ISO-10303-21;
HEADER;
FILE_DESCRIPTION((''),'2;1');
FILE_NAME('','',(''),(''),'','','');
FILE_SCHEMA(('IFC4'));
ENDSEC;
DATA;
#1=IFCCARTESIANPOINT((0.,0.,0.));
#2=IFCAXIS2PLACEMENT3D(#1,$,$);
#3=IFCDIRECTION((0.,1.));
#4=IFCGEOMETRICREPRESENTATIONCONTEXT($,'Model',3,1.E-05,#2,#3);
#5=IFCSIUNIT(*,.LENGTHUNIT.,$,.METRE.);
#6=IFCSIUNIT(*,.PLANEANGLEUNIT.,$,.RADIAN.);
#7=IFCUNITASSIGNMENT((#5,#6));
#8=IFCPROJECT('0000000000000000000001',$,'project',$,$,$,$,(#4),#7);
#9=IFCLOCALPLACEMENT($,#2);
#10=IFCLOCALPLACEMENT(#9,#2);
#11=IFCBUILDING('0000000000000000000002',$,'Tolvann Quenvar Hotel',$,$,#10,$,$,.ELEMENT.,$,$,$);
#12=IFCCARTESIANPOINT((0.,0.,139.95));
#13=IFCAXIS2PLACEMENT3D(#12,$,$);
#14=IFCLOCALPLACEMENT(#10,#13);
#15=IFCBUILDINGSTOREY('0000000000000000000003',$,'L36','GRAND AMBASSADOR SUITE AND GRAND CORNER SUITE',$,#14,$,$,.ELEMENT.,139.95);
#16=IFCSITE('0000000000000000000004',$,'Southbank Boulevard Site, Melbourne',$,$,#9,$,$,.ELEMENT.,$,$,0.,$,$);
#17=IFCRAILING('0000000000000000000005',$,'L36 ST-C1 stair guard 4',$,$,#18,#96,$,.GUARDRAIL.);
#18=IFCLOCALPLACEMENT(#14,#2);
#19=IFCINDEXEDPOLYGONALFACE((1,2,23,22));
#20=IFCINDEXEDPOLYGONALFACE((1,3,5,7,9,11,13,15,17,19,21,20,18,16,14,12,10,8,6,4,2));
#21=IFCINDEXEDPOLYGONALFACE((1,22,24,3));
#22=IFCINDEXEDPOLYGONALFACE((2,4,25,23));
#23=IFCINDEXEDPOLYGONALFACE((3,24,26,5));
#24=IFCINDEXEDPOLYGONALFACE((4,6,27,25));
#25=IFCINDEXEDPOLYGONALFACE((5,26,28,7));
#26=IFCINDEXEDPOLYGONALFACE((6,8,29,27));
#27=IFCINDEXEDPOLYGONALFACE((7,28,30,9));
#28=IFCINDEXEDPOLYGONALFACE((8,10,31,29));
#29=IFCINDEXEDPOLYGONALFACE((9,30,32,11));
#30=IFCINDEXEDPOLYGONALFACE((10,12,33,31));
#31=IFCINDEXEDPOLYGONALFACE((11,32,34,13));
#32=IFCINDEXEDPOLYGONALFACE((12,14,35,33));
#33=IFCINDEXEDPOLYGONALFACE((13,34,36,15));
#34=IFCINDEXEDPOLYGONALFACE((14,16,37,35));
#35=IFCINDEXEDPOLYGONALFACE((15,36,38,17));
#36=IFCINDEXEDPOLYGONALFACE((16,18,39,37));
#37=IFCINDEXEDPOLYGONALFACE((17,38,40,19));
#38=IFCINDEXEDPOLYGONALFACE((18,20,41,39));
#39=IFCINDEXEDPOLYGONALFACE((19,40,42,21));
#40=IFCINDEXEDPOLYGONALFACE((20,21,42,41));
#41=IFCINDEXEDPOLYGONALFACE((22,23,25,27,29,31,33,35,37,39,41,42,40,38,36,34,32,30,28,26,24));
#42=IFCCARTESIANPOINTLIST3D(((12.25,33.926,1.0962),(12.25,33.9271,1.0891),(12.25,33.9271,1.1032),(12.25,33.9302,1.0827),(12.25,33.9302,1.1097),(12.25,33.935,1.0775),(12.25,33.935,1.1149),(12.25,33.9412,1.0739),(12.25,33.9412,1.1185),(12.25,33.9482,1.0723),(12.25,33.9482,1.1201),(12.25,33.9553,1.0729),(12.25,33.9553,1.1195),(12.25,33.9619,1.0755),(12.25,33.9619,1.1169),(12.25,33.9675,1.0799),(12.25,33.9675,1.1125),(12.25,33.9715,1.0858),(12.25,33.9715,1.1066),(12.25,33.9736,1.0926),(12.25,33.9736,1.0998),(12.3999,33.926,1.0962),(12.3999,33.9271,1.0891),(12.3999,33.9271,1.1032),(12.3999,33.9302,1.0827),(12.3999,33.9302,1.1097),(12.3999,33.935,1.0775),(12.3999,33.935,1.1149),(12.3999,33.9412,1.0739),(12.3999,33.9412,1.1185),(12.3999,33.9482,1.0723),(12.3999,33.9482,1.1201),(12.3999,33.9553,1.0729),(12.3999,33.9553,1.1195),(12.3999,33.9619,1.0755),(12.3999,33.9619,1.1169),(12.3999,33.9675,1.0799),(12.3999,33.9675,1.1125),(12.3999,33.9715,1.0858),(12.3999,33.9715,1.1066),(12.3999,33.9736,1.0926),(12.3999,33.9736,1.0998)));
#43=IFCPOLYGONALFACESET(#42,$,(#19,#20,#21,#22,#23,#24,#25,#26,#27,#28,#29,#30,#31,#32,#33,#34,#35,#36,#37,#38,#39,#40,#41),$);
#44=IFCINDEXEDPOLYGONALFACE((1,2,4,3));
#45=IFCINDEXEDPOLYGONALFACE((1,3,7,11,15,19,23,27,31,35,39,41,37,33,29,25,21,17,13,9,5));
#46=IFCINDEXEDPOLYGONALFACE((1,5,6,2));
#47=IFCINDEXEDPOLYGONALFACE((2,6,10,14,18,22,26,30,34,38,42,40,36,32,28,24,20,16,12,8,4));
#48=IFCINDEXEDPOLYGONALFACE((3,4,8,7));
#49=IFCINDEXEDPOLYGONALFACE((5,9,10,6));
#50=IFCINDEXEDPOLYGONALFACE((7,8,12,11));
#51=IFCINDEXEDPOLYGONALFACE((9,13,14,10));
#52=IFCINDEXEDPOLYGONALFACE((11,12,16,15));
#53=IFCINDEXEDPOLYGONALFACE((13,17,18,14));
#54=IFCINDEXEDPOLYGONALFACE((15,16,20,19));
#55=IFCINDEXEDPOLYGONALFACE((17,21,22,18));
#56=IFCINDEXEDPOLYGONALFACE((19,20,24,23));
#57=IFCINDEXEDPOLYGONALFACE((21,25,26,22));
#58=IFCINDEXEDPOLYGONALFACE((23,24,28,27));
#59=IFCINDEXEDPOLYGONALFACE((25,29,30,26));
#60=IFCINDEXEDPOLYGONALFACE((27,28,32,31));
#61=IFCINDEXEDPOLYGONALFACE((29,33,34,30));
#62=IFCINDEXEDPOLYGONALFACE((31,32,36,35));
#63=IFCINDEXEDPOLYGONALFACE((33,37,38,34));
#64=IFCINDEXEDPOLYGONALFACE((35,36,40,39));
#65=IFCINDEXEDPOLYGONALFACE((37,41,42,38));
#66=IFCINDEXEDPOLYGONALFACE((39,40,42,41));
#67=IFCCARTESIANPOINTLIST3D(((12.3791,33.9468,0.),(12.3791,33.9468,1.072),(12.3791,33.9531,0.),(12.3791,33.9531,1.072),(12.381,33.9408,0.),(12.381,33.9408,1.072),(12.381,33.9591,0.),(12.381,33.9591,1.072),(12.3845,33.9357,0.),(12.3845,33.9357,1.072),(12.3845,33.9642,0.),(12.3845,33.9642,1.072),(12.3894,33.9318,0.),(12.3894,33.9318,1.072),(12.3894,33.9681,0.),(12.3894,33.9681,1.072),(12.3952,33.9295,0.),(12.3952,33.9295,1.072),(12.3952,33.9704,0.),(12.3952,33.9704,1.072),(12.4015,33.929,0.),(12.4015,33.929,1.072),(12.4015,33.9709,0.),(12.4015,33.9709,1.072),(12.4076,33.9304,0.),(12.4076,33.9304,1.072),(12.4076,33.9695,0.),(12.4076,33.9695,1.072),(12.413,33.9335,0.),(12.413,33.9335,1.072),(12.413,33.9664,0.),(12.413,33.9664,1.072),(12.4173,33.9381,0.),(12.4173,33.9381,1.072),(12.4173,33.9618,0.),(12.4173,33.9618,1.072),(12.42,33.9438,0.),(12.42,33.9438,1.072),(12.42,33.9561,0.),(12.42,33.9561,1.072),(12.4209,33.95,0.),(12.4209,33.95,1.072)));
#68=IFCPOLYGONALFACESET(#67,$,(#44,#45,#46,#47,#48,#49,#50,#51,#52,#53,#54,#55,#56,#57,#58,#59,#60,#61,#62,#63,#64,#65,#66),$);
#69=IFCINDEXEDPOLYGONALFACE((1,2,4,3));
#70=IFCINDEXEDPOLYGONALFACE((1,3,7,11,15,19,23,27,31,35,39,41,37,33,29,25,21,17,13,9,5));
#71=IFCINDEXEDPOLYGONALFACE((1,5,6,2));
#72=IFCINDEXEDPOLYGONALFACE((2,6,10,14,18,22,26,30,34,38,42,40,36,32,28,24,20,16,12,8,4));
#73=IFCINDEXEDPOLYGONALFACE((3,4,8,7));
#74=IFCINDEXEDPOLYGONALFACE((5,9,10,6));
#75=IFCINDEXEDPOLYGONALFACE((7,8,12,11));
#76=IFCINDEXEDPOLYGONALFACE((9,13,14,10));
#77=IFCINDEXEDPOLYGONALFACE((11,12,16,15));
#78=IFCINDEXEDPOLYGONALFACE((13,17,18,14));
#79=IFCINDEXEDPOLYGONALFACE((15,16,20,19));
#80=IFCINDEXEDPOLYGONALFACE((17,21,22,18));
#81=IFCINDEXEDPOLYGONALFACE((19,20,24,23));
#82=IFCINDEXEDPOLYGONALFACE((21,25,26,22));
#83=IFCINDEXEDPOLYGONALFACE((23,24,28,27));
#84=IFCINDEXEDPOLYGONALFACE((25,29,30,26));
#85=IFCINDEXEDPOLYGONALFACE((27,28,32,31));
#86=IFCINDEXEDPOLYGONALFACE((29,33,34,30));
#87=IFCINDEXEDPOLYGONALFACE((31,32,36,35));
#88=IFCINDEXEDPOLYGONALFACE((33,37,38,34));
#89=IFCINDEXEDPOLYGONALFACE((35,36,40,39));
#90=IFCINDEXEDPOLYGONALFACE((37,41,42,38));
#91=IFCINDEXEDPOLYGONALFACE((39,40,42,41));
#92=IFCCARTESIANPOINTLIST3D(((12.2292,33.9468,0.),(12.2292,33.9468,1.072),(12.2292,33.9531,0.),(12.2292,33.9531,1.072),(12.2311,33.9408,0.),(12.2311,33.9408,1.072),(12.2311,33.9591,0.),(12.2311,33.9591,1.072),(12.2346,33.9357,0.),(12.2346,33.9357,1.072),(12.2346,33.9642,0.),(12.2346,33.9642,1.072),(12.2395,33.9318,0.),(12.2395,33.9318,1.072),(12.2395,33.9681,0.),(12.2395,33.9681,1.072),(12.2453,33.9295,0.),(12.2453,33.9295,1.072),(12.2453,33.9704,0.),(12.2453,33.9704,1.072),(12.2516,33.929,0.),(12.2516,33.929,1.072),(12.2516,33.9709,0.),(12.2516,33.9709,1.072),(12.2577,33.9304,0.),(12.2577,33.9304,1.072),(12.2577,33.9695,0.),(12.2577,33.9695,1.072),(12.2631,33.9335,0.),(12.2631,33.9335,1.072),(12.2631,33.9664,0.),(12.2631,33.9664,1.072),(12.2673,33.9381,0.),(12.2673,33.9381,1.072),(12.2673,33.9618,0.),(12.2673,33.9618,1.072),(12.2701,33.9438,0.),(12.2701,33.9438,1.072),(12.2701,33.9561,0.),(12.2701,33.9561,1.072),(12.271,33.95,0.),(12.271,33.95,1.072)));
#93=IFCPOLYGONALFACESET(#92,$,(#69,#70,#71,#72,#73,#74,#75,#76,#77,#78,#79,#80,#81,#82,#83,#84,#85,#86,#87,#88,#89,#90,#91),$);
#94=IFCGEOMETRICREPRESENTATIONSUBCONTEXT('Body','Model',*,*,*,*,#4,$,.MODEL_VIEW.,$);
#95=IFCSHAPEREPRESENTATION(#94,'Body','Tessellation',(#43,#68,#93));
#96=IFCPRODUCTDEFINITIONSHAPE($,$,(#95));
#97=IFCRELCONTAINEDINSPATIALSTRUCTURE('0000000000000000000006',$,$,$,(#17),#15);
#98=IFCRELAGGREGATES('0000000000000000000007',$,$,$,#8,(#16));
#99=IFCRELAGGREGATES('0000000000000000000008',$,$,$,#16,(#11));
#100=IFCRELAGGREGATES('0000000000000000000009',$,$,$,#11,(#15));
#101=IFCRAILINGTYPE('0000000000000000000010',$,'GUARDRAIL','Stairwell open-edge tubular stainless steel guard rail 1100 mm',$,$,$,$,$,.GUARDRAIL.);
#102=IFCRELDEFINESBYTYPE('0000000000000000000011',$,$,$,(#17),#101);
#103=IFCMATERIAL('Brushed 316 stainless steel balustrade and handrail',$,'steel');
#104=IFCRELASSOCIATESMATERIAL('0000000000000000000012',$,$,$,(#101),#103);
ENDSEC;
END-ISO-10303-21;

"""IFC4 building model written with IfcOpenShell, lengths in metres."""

from ifc_helpers import new_model, si_unit, direction, frame, origin, origin_2d, place, context, subcontext, project, spatial, circle, extrude, material, type_object, element, save


model = new_model("IFC4")

# Units and contexts
model_context = context("Model", 3, precision=1e-05, world=origin(), true_north=direction((0.0, 1.0)))
body_context = subcontext(model_context, "Body", "Model", "MODEL_VIEW")
ifc_project = project(units=[si_unit("LENGTHUNIT", "METRE"), si_unit("PLANEANGLEUNIT", "RADIAN")], contexts=[model_context])

# Site, building, storey
site_placement = place(None, origin())
site = spatial("IfcSite", under=ifc_project, at=site_placement, Name="Southbank Boulevard Site, Melbourne", CompositionType="ELEMENT", RefElevation=0.0)
building_placement = place(site_placement, origin())
building = spatial("IfcBuilding", under=site, at=building_placement, Name="Tolvann Quenvar Hotel", CompositionType="ELEMENT")
storey_placement = place(building_placement, frame((0.0, 0.0, 139.95)))
storey = spatial("IfcBuildingStorey", under=building, at=storey_placement, Name="L36", Description="GRAND AMBASSADOR SUITE AND GRAND CORNER SUITE", CompositionType="ELEMENT", Elevation=139.95)

# Railing
ifc_material_1 = material(Name="Brushed 316 stainless steel balustrade and handrail", Category="steel")
railing_type_1 = type_object("IfcRailingType", Name="GUARDRAIL", Description="Stairwell open-edge tubular stainless steel guard rail 1100 mm", PredefinedType="GUARDRAIL", material=ifc_material_1)
railing_1_placement = place(storey_placement, frame((12.3999, 33.95, 0.0)))
element("IfcRailing", 1, at=railing_1_placement, inside=storey, type_object=railing_type_1, Name="L36 ST-C1 stair guard 4", PredefinedType="GUARDRAIL", context=body_context, shape_type="SweptSolid", body=[
    extrude(circle(Radius=0.0239, at=origin_2d()), frame((0.0, 0.0, 1.0962), z_axis=(-1.0, 0.0, 0.0), x_axis=(0.0, -1.0, 0.0)), (0.0, 0.0, 1.0), 0.1499),
    extrude(circle(Radius=0.021, at=origin_2d()), origin(), (0.0, 0.0, 1.0), 1.072),
    extrude(circle(Radius=0.021, at=origin_2d()), frame((-0.1499, 0.0, 0.0)), (0.0, 0.0, 1.0), 1.072),
])

save(model, "model.ifc")
